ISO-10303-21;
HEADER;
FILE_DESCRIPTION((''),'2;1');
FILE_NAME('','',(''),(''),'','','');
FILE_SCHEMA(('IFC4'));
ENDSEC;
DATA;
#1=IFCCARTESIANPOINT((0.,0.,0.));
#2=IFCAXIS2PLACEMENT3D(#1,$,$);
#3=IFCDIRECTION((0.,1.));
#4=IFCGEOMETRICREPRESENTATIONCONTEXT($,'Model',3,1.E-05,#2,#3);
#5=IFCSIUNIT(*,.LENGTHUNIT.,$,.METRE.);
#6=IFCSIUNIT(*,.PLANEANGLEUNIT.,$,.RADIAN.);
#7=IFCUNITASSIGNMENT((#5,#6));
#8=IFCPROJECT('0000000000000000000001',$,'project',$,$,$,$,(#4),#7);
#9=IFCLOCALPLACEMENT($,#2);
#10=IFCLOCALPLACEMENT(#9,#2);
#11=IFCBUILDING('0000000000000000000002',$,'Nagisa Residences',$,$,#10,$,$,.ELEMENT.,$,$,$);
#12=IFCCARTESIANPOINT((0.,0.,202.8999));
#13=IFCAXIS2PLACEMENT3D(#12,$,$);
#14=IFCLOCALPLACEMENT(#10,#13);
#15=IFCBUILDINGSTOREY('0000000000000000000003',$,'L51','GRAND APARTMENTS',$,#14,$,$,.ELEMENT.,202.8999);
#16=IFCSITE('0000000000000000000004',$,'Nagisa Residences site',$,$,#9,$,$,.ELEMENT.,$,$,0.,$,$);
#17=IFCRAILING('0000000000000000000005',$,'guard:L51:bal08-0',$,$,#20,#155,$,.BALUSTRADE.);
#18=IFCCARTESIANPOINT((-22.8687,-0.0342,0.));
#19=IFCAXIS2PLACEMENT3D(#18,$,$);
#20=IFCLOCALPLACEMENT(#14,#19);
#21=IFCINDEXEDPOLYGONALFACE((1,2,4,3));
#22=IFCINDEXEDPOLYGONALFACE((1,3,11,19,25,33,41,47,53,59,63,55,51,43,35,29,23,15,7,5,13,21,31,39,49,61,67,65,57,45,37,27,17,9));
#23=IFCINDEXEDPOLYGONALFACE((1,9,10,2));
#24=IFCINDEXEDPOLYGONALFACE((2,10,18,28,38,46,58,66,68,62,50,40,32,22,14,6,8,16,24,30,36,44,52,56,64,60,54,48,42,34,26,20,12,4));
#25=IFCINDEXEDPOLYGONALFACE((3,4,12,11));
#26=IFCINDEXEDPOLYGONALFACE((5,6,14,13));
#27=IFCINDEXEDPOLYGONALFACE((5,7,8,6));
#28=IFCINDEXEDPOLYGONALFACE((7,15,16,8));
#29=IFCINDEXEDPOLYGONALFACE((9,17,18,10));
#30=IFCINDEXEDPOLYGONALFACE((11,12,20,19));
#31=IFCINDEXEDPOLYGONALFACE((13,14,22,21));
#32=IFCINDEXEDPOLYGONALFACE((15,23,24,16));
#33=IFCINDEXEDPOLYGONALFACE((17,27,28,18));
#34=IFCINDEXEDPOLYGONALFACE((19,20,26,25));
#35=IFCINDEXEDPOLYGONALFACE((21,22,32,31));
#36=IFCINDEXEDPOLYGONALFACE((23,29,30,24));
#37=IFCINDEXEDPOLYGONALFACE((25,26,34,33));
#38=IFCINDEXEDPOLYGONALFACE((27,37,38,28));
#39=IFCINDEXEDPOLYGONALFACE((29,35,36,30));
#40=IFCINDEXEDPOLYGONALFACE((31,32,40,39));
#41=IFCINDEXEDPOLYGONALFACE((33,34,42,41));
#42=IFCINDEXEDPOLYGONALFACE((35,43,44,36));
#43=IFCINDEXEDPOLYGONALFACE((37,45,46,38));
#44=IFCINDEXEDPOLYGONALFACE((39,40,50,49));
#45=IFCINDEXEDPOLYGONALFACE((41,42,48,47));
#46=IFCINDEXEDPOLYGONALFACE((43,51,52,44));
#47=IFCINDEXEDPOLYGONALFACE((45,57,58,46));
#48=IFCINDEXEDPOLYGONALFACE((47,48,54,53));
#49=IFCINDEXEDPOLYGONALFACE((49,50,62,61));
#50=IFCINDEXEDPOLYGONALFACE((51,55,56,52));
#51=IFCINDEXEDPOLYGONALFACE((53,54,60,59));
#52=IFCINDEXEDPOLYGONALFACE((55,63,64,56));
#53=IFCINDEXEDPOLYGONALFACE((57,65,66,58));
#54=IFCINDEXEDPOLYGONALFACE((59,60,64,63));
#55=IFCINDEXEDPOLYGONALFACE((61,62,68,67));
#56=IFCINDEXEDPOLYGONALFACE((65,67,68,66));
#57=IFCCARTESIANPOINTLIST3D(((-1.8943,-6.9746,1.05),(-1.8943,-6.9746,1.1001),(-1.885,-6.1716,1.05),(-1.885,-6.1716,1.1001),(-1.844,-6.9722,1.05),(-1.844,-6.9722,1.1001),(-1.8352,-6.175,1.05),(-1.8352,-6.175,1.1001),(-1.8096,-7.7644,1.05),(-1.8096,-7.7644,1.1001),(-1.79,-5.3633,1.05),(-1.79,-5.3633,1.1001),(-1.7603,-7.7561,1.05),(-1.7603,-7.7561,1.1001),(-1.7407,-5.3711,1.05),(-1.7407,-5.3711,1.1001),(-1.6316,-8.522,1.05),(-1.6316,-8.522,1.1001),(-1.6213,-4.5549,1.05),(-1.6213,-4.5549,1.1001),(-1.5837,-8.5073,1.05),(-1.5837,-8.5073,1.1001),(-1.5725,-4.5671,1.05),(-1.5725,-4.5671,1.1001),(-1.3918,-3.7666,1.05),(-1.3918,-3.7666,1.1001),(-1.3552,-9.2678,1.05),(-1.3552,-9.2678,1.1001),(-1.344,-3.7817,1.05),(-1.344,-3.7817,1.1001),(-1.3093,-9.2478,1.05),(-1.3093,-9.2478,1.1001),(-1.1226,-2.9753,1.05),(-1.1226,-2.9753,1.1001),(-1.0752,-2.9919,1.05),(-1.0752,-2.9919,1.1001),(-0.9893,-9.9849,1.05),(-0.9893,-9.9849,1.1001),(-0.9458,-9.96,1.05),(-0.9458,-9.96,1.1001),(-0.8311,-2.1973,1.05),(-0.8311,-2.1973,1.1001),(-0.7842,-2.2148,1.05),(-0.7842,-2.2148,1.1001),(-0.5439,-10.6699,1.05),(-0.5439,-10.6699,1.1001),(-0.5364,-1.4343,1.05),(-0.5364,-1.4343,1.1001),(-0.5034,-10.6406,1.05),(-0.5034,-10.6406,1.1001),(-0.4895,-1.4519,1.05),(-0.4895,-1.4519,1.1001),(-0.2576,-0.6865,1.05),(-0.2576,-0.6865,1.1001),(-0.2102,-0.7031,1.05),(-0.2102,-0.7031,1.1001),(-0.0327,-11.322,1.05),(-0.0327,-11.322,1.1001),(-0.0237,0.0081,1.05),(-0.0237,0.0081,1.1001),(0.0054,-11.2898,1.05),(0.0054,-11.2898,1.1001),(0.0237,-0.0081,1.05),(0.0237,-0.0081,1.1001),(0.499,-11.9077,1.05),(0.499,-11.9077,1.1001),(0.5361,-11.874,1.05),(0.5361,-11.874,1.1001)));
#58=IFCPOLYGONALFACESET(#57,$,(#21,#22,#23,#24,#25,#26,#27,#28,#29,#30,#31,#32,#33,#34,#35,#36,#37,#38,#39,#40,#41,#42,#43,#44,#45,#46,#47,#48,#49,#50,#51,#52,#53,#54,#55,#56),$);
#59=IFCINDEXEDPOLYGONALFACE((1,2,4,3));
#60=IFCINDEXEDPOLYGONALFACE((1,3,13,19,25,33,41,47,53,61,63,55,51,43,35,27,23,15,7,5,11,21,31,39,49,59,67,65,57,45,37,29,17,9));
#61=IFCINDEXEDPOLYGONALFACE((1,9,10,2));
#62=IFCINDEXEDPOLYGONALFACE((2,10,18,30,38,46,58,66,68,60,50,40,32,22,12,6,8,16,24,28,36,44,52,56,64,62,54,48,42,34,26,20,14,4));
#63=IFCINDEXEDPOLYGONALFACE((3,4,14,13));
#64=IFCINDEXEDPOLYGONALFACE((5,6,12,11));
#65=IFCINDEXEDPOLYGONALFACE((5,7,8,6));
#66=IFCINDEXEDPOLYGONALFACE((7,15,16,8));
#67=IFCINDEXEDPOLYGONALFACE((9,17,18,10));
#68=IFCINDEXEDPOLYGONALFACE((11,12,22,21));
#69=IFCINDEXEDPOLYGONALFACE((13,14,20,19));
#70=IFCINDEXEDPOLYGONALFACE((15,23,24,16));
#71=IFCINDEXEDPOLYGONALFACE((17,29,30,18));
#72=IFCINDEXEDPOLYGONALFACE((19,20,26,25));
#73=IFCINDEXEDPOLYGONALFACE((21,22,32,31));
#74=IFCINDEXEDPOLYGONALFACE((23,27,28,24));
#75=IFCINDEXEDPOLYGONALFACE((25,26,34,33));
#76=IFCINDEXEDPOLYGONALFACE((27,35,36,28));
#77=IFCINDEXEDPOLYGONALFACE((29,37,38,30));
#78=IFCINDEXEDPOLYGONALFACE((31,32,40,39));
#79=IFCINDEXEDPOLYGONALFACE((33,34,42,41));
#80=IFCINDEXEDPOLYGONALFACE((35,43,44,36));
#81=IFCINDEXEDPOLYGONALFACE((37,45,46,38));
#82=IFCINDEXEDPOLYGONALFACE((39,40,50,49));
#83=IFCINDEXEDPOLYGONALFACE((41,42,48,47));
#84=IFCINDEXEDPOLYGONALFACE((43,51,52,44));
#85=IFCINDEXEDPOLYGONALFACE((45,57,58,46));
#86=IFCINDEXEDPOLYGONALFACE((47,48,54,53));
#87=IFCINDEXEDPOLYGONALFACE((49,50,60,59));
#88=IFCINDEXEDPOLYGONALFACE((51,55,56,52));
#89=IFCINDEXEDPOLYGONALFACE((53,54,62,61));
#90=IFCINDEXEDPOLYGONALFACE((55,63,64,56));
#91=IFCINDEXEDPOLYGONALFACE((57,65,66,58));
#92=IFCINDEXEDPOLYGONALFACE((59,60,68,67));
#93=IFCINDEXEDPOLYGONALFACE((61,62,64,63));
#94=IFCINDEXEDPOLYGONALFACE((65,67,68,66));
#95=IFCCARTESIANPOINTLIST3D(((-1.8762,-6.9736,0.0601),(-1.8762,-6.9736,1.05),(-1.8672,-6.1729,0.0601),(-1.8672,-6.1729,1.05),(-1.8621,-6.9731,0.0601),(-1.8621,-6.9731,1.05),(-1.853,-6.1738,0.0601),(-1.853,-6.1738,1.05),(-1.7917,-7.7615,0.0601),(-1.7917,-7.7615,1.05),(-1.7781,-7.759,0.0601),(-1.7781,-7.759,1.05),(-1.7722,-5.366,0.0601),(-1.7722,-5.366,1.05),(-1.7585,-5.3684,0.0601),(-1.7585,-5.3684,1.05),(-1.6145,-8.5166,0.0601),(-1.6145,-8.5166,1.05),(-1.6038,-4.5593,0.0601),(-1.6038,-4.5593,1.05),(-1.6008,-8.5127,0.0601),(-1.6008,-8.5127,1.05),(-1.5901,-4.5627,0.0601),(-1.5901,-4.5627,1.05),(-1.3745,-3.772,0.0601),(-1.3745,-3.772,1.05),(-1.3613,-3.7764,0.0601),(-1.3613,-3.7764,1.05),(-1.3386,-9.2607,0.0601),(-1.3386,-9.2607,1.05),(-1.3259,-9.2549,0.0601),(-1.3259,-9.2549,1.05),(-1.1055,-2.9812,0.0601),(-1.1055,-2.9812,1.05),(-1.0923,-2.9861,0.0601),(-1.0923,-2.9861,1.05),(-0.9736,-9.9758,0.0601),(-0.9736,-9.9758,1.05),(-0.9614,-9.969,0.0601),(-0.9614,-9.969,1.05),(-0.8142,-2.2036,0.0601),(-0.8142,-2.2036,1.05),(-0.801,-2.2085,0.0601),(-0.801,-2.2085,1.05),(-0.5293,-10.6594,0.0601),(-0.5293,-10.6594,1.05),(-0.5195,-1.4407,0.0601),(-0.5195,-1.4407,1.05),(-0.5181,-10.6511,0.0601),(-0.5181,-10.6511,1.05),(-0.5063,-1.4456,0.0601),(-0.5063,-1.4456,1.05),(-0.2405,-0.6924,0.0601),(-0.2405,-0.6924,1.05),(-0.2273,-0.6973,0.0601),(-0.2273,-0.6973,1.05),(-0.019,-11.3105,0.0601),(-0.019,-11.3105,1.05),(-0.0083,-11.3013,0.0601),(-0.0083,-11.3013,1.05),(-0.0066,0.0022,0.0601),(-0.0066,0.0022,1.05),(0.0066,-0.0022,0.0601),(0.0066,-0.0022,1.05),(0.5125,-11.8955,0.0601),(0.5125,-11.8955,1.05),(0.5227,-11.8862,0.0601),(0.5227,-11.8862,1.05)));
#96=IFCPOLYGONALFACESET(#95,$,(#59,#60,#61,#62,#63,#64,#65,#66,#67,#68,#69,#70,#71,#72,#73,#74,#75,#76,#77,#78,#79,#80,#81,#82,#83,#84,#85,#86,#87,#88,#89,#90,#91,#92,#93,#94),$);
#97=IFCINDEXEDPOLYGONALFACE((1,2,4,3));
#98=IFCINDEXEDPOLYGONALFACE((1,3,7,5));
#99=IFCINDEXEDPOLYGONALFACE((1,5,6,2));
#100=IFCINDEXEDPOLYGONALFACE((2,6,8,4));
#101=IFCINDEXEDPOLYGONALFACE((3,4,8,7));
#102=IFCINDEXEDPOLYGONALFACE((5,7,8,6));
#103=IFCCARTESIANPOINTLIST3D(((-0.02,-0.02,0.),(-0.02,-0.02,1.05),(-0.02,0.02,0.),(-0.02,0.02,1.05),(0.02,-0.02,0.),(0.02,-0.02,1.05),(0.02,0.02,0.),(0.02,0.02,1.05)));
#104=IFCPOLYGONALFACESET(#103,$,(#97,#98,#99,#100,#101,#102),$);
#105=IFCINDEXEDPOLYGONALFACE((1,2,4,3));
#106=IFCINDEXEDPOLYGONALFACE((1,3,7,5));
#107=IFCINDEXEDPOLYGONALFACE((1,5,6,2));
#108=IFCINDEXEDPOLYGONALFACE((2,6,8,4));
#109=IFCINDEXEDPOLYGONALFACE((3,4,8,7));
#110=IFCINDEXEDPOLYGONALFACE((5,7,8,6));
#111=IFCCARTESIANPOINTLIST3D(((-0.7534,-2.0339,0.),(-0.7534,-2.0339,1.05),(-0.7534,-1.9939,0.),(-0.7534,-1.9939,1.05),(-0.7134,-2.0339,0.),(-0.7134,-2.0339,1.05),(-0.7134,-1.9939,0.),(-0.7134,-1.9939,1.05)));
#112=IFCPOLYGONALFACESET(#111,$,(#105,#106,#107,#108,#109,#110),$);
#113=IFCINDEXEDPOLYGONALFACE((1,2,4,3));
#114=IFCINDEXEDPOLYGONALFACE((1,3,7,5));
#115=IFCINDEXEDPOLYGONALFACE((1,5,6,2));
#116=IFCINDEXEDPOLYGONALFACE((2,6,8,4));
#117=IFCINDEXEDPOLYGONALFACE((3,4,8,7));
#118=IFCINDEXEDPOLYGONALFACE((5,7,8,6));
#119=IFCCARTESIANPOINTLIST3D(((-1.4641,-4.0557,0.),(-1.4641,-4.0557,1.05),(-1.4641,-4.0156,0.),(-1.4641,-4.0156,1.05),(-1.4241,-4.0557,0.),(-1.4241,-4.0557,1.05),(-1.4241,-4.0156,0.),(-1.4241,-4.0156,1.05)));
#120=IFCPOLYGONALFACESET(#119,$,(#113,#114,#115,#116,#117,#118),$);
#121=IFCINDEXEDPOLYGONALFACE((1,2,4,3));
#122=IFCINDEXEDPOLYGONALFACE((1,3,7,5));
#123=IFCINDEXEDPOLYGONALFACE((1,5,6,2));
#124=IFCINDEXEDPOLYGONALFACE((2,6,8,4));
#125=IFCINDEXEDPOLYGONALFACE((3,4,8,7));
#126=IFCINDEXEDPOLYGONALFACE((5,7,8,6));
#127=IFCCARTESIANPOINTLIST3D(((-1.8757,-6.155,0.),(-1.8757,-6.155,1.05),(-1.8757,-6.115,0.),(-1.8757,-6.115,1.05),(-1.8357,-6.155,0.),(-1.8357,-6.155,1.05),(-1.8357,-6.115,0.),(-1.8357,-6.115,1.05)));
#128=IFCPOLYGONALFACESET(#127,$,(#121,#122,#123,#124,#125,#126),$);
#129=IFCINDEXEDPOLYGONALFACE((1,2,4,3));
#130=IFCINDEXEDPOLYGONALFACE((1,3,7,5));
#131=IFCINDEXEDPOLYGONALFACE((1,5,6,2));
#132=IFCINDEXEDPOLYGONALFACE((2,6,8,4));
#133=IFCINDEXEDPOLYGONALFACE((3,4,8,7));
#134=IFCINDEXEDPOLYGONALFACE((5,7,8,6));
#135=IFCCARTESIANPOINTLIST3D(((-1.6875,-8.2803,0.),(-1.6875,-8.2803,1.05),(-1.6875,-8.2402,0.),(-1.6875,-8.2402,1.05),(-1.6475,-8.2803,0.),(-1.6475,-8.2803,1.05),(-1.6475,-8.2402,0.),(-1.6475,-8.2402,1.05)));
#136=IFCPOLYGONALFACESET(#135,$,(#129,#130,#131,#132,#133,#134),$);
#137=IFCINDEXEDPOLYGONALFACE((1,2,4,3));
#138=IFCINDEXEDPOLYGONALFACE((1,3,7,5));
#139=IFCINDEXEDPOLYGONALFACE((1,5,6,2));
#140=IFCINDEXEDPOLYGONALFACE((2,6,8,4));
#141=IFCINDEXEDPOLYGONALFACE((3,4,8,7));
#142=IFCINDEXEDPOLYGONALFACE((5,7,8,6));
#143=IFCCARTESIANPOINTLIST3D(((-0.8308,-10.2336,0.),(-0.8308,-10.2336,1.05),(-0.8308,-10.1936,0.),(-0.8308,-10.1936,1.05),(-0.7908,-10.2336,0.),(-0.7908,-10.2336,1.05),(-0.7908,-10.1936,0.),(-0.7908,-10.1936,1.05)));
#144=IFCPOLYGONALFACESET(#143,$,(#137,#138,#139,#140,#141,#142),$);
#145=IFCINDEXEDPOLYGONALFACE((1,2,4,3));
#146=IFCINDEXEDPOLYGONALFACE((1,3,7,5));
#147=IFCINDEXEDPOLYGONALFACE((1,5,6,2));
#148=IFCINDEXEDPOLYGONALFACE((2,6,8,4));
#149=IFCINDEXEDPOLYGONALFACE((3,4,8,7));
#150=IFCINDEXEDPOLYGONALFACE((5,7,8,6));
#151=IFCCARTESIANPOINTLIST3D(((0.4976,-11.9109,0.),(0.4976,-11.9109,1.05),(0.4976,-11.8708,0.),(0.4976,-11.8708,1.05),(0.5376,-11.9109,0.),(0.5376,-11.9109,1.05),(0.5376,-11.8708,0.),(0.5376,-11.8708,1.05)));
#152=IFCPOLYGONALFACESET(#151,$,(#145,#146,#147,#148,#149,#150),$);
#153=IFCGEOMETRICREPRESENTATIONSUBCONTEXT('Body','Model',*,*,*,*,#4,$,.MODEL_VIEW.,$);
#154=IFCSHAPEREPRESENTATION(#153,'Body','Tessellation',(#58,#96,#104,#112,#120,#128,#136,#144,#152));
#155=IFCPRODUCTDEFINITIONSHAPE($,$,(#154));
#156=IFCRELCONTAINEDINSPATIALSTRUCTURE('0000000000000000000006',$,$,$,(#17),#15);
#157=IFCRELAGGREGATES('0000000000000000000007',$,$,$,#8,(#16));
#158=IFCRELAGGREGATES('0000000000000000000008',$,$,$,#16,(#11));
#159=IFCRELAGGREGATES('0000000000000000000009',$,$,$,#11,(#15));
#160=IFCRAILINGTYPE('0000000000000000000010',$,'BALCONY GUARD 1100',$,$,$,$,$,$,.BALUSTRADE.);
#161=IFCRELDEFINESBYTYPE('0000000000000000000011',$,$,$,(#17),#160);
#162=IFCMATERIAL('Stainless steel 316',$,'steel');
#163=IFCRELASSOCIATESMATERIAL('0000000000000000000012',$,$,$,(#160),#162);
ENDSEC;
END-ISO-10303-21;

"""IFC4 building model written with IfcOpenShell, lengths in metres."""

from ifc_helpers import new_model, si_unit, direction, frame, origin, origin_2d, place, context, subcontext, project, spatial, polyline, rectangle, outline, extrude, material, type_object, element, save


model = new_model("IFC4")

# Units and contexts
model_context = context("Model", 3, precision=1e-05, world=origin(), true_north=direction((0.0, 1.0)))
body_context = subcontext(model_context, "Body", "Model", "MODEL_VIEW")
ifc_project = project(units=[si_unit("LENGTHUNIT", "METRE"), si_unit("PLANEANGLEUNIT", "RADIAN")], contexts=[model_context])

# Site, building, storey
site_placement = place(None, origin())
site = spatial("IfcSite", under=ifc_project, at=site_placement, Name="Nagisa Residences site", CompositionType="ELEMENT", RefElevation=0.0)
building_placement = place(site_placement, origin())
building = spatial("IfcBuilding", under=site, at=building_placement, Name="Nagisa Residences", CompositionType="ELEMENT")
storey_placement = place(building_placement, frame((0.0, 0.0, 202.8999)))
storey = spatial("IfcBuildingStorey", under=building, at=storey_placement, Name="L51", Description="GRAND APARTMENTS", CompositionType="ELEMENT", Elevation=202.8999)

# Railing
ifc_material_1 = material(Name="Stainless steel 316", Category="steel")
railing_type = type_object("IfcRailingType", Name="BALCONY GUARD 1100", PredefinedType="BALUSTRADE", material=ifc_material_1)
railing_placement = place(storey_placement, frame((-22.8687, -0.0342, 0.0)))
element("IfcRailing", 1, at=railing_placement, inside=storey, type_object=railing_type, Name="guard:L51:bal08-0", PredefinedType="BALUSTRADE", context=body_context, shape_type="SweptSolid", body=[
    extrude(outline(polyline([(-0.2102, -0.7031), (0.0237, -0.0081), (-0.0237, 0.0081), (-0.2576, -0.6865), (-0.5364, -1.4343), (-0.8311, -2.1973), (-1.1226, -2.9753), (-1.3918, -3.7666), (-1.6213, -4.5549), (-1.79, -5.3633), (-1.885, -6.1716), (-1.8943, -6.9746), (-1.8096, -7.7644), (-1.6316, -8.522), (-1.3552, -9.2678), (-0.9893, -9.9849), (-0.5439, -10.6699), (-0.0327, -11.322), (0.499, -11.9077), (0.5361, -11.874), (0.0054, -11.2898), (-0.5034, -10.6406), (-0.9458, -9.96), (-1.3093, -9.2478), (-1.5837, -8.5073), (-1.7603, -7.7561), (-1.844, -6.9722), (-1.8352, -6.175), (-1.7407, -5.3711), (-1.5725, -4.5671), (-1.344, -3.7817), (-1.0752, -2.9919), (-0.7842, -2.2148), (-0.4895, -1.4519), (-0.2102, -0.7031)])), frame((0.0, 0.0, 1.05)), (0.0, 0.0, 1.0), 0.05),
    extrude(outline(polyline([(-0.2273, -0.6973), (0.0066, -0.0022), (-0.0066, 0.0022), (-0.2405, -0.6924), (-0.5195, -1.4407), (-0.8142, -2.2036), (-1.1055, -2.9812), (-1.3745, -3.772), (-1.6038, -4.5593), (-1.7722, -5.366), (-1.8672, -6.1729), (-1.8762, -6.9736), (-1.7917, -7.7615), (-1.6145, -8.5166), (-1.3386, -9.2607), (-0.9736, -9.9758), (-0.5293, -10.6594), (-0.019, -11.3105), (0.5125, -11.8955), (0.5227, -11.8862), (-0.0083, -11.3013), (-0.5181, -10.6511), (-0.9614, -9.969), (-1.3259, -9.2549), (-1.6008, -8.5127), (-1.7781, -7.759), (-1.8621, -6.9731), (-1.853, -6.1738), (-1.7585, -5.3684), (-1.5901, -4.5627), (-1.3613, -3.7764), (-1.0923, -2.9861), (-0.801, -2.2085), (-0.5063, -1.4456), (-0.2273, -0.6973)])), frame((0.0, 0.0, 0.0601)), (0.0, 0.0, 1.0), 0.99),
    extrude(rectangle(XDim=0.04, YDim=0.04, at=origin_2d()), origin(), (0.0, 0.0, 1.0), 1.05),
    extrude(rectangle(XDim=0.04, YDim=0.04, at=origin_2d()), frame((-0.7334, -2.0139, 0.0)), (0.0, 0.0, 1.0), 1.05),
    extrude(rectangle(XDim=0.04, YDim=0.04, at=origin_2d()), frame((-1.4441, -4.0356, 0.0)), (0.0, 0.0, 1.0), 1.05),
    extrude(rectangle(XDim=0.04, YDim=0.04, at=origin_2d()), frame((-1.8557, -6.135, 0.0)), (0.0, 0.0, 1.0), 1.05),
    extrude(rectangle(XDim=0.04, YDim=0.04, at=origin_2d()), frame((-1.6675, -8.2603, 0.0)), (0.0, 0.0, 1.0), 1.05),
    extrude(rectangle(XDim=0.04, YDim=0.04, at=origin_2d()), frame((-0.8108, -10.2136, 0.0)), (0.0, 0.0, 1.0), 1.05),
    extrude(rectangle(XDim=0.04, YDim=0.04, at=origin_2d()), frame((0.5176, -11.8909, 0.0)), (0.0, 0.0, 1.0), 1.05),
])

save(model, "model.ifc")
